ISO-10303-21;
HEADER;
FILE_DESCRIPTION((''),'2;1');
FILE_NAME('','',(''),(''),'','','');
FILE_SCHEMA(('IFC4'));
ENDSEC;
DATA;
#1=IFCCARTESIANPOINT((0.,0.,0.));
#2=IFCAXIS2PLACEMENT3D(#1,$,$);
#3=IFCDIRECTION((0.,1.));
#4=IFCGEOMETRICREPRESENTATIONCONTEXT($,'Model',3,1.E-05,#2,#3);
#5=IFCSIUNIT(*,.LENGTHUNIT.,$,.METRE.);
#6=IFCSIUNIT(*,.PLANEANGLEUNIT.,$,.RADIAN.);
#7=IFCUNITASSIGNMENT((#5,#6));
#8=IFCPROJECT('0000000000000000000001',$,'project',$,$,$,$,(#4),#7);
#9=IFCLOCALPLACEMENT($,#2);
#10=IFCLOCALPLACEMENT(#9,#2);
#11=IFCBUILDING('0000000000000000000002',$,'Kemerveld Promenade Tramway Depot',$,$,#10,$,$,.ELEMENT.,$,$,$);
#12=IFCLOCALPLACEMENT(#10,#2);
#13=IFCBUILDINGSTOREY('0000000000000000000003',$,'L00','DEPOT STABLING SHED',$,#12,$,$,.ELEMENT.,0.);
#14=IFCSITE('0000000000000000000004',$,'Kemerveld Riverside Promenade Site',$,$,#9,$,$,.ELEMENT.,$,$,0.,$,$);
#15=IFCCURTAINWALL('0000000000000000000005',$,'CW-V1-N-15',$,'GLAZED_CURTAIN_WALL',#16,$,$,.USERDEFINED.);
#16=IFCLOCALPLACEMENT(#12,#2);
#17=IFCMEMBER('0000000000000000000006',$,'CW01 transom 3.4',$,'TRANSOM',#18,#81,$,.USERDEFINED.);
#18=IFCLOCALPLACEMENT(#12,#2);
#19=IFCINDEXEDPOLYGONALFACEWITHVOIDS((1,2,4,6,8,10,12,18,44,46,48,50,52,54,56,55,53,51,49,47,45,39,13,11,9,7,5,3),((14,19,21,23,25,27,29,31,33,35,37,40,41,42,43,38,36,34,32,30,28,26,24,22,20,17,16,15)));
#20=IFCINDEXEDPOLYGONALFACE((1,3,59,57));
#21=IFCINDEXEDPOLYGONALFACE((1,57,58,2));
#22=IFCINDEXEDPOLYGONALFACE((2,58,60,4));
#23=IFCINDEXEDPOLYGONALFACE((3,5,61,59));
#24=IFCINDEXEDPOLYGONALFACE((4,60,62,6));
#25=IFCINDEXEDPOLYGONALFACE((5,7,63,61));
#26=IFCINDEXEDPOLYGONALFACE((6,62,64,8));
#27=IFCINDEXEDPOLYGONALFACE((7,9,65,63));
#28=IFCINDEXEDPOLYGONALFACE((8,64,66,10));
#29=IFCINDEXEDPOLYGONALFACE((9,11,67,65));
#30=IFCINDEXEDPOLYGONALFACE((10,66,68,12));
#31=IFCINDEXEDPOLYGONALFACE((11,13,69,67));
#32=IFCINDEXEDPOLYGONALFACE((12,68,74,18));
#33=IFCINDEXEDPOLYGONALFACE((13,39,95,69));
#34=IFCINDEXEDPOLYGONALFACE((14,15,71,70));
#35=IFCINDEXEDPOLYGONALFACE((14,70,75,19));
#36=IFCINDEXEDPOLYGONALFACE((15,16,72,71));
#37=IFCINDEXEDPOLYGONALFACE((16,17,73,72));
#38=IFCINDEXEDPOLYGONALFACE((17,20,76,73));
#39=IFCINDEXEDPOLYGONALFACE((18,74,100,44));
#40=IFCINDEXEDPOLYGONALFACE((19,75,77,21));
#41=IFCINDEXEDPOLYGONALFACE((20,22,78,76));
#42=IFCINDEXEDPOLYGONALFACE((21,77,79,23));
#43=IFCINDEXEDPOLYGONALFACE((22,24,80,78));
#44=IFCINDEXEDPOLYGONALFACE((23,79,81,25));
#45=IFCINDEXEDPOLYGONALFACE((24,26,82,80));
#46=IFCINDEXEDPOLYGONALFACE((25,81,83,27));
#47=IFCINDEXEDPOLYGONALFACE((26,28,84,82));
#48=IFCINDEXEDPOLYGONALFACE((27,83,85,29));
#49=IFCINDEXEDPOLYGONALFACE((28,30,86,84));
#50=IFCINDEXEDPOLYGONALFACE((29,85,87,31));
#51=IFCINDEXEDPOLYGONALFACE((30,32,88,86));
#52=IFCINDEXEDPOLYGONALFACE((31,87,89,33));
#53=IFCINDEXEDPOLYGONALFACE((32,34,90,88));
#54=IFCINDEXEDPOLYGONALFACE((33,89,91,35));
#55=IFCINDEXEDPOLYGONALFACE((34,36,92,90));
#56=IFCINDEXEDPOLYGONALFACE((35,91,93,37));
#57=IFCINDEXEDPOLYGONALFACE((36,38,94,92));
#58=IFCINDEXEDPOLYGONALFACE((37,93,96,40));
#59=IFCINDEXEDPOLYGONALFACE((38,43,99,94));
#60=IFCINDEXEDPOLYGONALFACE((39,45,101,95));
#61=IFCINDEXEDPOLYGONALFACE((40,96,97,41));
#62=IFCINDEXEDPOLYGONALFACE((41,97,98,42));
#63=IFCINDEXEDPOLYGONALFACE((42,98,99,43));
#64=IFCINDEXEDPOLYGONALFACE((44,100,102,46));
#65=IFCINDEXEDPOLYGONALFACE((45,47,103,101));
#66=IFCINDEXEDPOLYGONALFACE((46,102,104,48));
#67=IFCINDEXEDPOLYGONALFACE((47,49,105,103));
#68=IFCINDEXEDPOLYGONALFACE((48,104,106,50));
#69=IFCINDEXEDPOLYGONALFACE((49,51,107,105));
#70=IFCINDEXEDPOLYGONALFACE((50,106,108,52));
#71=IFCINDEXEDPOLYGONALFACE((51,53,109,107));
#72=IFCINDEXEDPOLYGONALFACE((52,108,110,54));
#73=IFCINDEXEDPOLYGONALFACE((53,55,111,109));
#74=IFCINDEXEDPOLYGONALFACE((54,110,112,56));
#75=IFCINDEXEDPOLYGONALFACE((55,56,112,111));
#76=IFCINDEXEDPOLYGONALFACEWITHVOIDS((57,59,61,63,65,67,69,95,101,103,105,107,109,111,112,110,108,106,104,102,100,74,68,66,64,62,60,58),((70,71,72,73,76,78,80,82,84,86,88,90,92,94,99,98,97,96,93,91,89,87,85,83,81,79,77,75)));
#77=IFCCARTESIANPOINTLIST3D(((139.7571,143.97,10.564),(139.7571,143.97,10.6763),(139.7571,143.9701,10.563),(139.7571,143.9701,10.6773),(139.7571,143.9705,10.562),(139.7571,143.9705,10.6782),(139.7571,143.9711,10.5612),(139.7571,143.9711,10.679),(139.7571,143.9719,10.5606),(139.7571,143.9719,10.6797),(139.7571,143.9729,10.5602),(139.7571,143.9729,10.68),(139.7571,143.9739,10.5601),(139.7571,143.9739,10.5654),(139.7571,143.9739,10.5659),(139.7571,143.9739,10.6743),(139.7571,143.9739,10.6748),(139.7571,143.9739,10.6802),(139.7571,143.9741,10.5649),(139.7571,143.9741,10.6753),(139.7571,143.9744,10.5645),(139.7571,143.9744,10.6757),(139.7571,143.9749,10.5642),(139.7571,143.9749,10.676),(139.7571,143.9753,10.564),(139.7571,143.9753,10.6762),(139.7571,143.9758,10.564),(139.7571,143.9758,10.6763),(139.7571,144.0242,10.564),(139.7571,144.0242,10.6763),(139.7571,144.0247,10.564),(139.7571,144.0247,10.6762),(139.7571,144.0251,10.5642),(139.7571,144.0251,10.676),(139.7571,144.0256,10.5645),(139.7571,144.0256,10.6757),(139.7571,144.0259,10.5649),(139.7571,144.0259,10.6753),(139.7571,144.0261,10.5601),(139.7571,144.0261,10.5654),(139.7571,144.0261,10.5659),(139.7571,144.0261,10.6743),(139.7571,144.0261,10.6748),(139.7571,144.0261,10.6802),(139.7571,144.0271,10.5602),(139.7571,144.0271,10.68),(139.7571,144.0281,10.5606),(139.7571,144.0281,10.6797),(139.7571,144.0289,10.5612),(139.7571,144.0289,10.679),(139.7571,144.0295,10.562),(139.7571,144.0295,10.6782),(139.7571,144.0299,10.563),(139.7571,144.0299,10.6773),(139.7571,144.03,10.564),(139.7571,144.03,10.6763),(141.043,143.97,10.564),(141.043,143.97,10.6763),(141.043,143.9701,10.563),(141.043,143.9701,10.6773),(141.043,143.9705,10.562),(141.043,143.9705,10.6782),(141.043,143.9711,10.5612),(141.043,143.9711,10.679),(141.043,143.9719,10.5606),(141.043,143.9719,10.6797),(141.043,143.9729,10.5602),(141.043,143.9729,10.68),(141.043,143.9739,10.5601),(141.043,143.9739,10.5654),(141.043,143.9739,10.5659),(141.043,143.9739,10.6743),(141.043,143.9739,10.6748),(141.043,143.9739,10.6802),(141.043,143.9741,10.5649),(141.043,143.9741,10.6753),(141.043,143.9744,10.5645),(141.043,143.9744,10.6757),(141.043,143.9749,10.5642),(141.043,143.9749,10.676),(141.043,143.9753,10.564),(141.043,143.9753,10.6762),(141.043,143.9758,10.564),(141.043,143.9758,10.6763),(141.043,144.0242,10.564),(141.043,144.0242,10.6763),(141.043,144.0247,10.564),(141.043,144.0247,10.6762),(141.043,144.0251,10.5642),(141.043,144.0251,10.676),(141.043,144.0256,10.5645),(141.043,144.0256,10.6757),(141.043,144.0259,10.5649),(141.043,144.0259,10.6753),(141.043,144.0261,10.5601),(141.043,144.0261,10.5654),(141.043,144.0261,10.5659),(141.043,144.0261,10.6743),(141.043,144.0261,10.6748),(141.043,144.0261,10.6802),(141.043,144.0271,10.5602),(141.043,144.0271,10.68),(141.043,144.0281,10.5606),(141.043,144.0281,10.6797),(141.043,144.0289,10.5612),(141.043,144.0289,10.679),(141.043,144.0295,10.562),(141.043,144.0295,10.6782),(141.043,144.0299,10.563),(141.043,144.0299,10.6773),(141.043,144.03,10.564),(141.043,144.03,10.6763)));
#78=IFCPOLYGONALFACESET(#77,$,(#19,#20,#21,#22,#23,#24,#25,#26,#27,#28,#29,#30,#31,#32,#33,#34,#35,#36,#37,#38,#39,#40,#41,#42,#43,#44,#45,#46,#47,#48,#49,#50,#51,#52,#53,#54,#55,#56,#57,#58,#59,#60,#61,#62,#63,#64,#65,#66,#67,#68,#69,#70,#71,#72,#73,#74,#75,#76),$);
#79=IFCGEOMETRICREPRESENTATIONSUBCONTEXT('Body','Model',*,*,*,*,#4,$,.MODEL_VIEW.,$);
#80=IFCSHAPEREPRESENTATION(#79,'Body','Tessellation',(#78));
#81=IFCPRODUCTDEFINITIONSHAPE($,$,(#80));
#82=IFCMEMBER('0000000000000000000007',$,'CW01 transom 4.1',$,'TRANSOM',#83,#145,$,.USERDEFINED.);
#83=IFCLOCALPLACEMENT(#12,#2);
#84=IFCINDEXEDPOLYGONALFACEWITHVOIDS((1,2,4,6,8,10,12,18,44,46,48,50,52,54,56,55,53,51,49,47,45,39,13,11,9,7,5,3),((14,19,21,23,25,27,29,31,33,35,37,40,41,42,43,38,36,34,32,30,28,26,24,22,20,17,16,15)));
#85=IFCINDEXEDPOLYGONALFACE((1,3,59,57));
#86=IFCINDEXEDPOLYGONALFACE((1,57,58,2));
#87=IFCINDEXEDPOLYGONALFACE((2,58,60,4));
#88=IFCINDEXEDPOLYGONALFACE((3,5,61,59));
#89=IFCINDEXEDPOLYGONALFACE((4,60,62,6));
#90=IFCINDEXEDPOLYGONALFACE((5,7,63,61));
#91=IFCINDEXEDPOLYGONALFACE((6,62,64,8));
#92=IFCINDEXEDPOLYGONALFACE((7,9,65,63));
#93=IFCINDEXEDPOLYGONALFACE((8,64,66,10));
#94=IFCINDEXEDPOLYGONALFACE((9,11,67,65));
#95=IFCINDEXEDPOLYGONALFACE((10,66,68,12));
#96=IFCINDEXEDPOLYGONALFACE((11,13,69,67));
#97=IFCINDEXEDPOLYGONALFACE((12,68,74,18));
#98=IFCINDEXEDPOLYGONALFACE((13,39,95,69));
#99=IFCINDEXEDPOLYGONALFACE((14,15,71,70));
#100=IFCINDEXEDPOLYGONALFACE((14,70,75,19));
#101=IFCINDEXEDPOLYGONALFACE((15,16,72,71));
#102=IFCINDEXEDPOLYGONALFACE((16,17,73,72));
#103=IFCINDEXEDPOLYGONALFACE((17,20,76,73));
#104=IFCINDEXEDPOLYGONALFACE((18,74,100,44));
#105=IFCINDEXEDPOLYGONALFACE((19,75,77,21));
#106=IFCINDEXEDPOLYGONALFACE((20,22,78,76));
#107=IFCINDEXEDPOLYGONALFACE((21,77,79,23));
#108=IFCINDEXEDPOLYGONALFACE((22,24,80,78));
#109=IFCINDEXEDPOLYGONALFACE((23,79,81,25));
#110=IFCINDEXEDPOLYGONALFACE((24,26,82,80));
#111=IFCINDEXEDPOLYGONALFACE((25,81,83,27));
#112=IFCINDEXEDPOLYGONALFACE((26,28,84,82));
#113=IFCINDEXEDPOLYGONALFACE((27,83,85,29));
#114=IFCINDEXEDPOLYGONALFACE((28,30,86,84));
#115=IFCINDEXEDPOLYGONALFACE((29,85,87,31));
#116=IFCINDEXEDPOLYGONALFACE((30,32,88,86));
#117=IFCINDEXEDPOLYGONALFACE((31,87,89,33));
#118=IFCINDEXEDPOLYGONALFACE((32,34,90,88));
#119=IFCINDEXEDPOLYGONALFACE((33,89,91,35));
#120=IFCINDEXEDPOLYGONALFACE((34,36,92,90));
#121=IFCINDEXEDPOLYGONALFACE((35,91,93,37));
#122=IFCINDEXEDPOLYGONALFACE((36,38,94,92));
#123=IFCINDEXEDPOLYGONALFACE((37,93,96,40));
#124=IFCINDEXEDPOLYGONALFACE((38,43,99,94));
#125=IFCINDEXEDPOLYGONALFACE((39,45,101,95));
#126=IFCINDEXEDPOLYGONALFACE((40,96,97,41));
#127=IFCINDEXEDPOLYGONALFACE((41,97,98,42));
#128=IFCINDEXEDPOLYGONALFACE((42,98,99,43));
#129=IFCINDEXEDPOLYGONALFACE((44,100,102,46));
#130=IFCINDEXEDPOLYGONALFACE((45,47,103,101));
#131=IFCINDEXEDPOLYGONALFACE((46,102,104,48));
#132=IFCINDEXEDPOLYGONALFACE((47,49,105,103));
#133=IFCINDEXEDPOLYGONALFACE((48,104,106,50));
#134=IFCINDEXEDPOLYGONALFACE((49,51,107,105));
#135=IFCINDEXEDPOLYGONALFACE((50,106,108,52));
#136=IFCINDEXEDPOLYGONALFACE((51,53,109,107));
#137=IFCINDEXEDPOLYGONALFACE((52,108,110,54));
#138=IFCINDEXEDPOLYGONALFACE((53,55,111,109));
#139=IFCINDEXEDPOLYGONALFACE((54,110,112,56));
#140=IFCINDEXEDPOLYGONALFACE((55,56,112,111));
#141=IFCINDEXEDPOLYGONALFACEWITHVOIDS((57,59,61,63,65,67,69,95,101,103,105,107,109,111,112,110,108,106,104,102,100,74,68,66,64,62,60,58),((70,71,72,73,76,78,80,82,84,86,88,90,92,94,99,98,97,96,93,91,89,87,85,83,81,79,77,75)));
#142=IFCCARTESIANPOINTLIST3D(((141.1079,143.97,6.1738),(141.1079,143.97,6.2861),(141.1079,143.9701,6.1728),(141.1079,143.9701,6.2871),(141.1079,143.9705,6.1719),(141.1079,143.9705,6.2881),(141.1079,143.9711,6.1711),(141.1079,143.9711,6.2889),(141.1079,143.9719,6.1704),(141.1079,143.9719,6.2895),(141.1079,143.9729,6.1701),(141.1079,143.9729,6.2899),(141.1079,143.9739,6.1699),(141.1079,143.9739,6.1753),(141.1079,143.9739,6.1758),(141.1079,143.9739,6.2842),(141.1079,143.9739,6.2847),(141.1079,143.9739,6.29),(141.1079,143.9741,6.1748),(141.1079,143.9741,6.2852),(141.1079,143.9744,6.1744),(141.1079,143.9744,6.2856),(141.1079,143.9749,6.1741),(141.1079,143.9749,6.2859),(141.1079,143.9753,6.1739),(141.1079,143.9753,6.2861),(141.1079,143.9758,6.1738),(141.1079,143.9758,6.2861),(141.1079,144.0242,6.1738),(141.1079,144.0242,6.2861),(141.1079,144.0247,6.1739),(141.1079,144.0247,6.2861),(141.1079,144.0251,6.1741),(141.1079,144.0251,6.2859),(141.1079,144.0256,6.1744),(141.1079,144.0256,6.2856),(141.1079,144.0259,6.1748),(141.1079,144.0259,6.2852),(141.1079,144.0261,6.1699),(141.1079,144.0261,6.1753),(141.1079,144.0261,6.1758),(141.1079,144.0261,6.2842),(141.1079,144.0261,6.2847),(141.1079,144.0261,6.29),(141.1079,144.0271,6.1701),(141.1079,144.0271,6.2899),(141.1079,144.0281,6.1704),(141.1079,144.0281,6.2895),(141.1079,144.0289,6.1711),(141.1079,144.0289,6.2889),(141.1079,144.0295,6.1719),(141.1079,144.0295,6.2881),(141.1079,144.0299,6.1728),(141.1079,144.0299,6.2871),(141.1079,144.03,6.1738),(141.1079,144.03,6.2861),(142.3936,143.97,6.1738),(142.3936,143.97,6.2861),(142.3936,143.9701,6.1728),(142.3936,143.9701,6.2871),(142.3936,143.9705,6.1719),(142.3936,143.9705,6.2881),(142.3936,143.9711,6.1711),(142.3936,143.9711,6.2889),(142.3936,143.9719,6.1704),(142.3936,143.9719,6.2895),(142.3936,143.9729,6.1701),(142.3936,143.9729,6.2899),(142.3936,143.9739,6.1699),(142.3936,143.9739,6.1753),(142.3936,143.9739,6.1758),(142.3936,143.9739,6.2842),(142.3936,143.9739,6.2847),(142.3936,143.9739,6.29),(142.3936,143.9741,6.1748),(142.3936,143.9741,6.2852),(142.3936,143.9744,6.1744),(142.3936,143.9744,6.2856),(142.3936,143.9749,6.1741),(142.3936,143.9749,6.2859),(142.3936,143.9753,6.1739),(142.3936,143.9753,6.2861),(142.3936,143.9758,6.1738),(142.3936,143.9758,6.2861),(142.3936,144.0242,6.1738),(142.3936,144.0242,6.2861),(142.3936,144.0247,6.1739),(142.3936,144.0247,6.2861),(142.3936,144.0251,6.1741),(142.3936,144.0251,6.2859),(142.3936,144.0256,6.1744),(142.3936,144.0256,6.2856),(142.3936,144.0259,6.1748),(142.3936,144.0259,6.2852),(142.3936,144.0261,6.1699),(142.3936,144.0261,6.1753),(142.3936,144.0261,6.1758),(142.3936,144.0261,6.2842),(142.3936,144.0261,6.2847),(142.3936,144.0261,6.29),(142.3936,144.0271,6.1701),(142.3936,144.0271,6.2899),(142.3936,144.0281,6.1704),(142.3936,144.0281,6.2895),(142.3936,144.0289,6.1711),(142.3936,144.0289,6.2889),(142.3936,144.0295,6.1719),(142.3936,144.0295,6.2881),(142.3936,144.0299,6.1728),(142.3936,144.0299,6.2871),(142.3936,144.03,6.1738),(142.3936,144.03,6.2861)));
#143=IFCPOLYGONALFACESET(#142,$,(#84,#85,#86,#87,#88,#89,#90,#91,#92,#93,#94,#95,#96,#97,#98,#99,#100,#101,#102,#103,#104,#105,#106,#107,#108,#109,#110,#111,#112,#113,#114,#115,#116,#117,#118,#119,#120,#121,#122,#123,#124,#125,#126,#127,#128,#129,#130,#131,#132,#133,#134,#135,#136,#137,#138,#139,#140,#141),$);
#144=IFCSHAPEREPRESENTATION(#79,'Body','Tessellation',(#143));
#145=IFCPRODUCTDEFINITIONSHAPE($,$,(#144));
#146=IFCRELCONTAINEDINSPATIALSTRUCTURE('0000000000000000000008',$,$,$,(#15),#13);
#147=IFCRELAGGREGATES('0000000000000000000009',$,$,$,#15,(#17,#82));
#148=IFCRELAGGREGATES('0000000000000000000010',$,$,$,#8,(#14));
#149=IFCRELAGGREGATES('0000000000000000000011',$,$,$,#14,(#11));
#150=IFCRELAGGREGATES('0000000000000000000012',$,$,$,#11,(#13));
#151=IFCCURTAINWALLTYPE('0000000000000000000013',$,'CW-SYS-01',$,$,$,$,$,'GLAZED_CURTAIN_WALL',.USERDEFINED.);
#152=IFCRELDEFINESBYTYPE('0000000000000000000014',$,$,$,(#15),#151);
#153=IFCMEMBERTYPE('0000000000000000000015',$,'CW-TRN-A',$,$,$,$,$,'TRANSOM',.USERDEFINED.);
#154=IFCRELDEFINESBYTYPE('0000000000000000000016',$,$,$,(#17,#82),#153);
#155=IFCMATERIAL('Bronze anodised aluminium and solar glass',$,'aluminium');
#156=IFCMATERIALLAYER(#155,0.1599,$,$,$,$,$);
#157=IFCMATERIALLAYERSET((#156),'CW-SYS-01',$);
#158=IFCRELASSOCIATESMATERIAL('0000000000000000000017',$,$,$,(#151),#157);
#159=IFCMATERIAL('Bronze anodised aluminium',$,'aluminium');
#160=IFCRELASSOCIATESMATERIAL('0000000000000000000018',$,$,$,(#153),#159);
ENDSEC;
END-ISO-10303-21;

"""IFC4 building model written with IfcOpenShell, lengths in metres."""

from ifc_helpers import new_model, si_unit, direction, frame, origin, origin_2d, place, context, subcontext, project, spatial, hollow_rectangle, extrude, material, layer, layer_set, material_profile, profile_set, type_object, element, aggregate, save


model = new_model("IFC4")

# Units and contexts
model_context = context("Model", 3, precision=1e-05, world=origin(), true_north=direction((0.0, 1.0)))
body_context = subcontext(model_context, "Body", "Model", "MODEL_VIEW")
ifc_project = project(units=[si_unit("LENGTHUNIT", "METRE"), si_unit("PLANEANGLEUNIT", "RADIAN")], contexts=[model_context])

# Site, building, storey
site_placement = place(None, origin())
site = spatial("IfcSite", under=ifc_project, at=site_placement, Name="Kemerveld Riverside Promenade Site", CompositionType="ELEMENT", RefElevation=0.0)
building_placement = place(site_placement, origin())
building = spatial("IfcBuilding", under=site, at=building_placement, Name="Kemerveld Promenade Tramway Depot", CompositionType="ELEMENT")
storey_placement = place(building_placement, origin())
storey = spatial("IfcBuildingStorey", under=building, at=storey_placement, Name="L00", Description="DEPOT STABLING SHED", CompositionType="ELEMENT", Elevation=0.0)

# Curtain wall, members
ifc_material_1 = material(Name="Bronze anodised aluminium and solar glass", Category="aluminium")
ifc_layer_1 = layer(ifc_material_1, 0.1599)
ifc_layer_set_1 = layer_set([ifc_layer_1], Name="CW-SYS-01")
curtain_wall_type = type_object("IfcCurtainWallType", Name="CW-SYS-01", ElementType="GLAZED_CURTAIN_WALL", PredefinedType="USERDEFINED", material=ifc_layer_set_1)
curtain_wall_placement = place(storey_placement, origin())
curtain_wall = element("IfcCurtainWall", 1, at=curtain_wall_placement, inside=storey, type_object=curtain_wall_type, Name="CW-V1-N-15", ObjectType="GLAZED_CURTAIN_WALL", PredefinedType="USERDEFINED")
ifc_material_2 = material(Name="Bronze anodised aluminium", Category="aluminium")
ifc_material_profile_1 = material_profile(ifc_material_2, hollow_rectangle(XDim=0.0601, YDim=0.1201, WallThickness=0.0039, InnerFilletRadius=0.002, OuterFilletRadius=0.0039, at=origin_2d()), Name="CW-TRN-120x60")
ifc_profile_set_1 = profile_set([ifc_material_profile_1], Name="Bronze anodised aluminium")
member_type_1 = type_object("IfcMemberType", Name="CW-TRN-A", ElementType="TRANSOM", PredefinedType="USERDEFINED", material=ifc_profile_set_1)
member_1_placement = place(storey_placement, frame((139.7571, 144.0, 10.6201), z_axis=(1.0, 0.0, 0.0), x_axis=(0.0, 1.0, 0.0)))
member_1 = element("IfcMember", 2, at=member_1_placement, type_object=member_type_1, Name="CW01 transom 3.4", ObjectType="TRANSOM", PredefinedType="USERDEFINED", context=body_context, shape_type="SweptSolid", body=[
    extrude(hollow_rectangle(XDim=0.0601, YDim=0.1201, WallThickness=0.0039, InnerFilletRadius=0.002, OuterFilletRadius=0.0039, at=origin_2d()), origin(), (0.0, 0.0, 1.0), 1.2859),
])
member_2_placement = place(storey_placement, frame((141.1079, 144.0, 6.23), z_axis=(1.0, 0.0, 0.0), x_axis=(0.0, 1.0, 0.0)))
member_2 = element("IfcMember", 3, at=member_2_placement, type_object=member_type_1, Name="CW01 transom 4.1", ObjectType="TRANSOM", PredefinedType="USERDEFINED", context=body_context, shape_type="SweptSolid", body=[
    extrude(hollow_rectangle(XDim=0.0601, YDim=0.1201, WallThickness=0.0039, InnerFilletRadius=0.002, OuterFilletRadius=0.0039, at=origin_2d()), origin(), (0.0, 0.0, 1.0), 1.2856),
])
aggregate(curtain_wall, [member_1, member_2])

save(model, "model.ifc")
